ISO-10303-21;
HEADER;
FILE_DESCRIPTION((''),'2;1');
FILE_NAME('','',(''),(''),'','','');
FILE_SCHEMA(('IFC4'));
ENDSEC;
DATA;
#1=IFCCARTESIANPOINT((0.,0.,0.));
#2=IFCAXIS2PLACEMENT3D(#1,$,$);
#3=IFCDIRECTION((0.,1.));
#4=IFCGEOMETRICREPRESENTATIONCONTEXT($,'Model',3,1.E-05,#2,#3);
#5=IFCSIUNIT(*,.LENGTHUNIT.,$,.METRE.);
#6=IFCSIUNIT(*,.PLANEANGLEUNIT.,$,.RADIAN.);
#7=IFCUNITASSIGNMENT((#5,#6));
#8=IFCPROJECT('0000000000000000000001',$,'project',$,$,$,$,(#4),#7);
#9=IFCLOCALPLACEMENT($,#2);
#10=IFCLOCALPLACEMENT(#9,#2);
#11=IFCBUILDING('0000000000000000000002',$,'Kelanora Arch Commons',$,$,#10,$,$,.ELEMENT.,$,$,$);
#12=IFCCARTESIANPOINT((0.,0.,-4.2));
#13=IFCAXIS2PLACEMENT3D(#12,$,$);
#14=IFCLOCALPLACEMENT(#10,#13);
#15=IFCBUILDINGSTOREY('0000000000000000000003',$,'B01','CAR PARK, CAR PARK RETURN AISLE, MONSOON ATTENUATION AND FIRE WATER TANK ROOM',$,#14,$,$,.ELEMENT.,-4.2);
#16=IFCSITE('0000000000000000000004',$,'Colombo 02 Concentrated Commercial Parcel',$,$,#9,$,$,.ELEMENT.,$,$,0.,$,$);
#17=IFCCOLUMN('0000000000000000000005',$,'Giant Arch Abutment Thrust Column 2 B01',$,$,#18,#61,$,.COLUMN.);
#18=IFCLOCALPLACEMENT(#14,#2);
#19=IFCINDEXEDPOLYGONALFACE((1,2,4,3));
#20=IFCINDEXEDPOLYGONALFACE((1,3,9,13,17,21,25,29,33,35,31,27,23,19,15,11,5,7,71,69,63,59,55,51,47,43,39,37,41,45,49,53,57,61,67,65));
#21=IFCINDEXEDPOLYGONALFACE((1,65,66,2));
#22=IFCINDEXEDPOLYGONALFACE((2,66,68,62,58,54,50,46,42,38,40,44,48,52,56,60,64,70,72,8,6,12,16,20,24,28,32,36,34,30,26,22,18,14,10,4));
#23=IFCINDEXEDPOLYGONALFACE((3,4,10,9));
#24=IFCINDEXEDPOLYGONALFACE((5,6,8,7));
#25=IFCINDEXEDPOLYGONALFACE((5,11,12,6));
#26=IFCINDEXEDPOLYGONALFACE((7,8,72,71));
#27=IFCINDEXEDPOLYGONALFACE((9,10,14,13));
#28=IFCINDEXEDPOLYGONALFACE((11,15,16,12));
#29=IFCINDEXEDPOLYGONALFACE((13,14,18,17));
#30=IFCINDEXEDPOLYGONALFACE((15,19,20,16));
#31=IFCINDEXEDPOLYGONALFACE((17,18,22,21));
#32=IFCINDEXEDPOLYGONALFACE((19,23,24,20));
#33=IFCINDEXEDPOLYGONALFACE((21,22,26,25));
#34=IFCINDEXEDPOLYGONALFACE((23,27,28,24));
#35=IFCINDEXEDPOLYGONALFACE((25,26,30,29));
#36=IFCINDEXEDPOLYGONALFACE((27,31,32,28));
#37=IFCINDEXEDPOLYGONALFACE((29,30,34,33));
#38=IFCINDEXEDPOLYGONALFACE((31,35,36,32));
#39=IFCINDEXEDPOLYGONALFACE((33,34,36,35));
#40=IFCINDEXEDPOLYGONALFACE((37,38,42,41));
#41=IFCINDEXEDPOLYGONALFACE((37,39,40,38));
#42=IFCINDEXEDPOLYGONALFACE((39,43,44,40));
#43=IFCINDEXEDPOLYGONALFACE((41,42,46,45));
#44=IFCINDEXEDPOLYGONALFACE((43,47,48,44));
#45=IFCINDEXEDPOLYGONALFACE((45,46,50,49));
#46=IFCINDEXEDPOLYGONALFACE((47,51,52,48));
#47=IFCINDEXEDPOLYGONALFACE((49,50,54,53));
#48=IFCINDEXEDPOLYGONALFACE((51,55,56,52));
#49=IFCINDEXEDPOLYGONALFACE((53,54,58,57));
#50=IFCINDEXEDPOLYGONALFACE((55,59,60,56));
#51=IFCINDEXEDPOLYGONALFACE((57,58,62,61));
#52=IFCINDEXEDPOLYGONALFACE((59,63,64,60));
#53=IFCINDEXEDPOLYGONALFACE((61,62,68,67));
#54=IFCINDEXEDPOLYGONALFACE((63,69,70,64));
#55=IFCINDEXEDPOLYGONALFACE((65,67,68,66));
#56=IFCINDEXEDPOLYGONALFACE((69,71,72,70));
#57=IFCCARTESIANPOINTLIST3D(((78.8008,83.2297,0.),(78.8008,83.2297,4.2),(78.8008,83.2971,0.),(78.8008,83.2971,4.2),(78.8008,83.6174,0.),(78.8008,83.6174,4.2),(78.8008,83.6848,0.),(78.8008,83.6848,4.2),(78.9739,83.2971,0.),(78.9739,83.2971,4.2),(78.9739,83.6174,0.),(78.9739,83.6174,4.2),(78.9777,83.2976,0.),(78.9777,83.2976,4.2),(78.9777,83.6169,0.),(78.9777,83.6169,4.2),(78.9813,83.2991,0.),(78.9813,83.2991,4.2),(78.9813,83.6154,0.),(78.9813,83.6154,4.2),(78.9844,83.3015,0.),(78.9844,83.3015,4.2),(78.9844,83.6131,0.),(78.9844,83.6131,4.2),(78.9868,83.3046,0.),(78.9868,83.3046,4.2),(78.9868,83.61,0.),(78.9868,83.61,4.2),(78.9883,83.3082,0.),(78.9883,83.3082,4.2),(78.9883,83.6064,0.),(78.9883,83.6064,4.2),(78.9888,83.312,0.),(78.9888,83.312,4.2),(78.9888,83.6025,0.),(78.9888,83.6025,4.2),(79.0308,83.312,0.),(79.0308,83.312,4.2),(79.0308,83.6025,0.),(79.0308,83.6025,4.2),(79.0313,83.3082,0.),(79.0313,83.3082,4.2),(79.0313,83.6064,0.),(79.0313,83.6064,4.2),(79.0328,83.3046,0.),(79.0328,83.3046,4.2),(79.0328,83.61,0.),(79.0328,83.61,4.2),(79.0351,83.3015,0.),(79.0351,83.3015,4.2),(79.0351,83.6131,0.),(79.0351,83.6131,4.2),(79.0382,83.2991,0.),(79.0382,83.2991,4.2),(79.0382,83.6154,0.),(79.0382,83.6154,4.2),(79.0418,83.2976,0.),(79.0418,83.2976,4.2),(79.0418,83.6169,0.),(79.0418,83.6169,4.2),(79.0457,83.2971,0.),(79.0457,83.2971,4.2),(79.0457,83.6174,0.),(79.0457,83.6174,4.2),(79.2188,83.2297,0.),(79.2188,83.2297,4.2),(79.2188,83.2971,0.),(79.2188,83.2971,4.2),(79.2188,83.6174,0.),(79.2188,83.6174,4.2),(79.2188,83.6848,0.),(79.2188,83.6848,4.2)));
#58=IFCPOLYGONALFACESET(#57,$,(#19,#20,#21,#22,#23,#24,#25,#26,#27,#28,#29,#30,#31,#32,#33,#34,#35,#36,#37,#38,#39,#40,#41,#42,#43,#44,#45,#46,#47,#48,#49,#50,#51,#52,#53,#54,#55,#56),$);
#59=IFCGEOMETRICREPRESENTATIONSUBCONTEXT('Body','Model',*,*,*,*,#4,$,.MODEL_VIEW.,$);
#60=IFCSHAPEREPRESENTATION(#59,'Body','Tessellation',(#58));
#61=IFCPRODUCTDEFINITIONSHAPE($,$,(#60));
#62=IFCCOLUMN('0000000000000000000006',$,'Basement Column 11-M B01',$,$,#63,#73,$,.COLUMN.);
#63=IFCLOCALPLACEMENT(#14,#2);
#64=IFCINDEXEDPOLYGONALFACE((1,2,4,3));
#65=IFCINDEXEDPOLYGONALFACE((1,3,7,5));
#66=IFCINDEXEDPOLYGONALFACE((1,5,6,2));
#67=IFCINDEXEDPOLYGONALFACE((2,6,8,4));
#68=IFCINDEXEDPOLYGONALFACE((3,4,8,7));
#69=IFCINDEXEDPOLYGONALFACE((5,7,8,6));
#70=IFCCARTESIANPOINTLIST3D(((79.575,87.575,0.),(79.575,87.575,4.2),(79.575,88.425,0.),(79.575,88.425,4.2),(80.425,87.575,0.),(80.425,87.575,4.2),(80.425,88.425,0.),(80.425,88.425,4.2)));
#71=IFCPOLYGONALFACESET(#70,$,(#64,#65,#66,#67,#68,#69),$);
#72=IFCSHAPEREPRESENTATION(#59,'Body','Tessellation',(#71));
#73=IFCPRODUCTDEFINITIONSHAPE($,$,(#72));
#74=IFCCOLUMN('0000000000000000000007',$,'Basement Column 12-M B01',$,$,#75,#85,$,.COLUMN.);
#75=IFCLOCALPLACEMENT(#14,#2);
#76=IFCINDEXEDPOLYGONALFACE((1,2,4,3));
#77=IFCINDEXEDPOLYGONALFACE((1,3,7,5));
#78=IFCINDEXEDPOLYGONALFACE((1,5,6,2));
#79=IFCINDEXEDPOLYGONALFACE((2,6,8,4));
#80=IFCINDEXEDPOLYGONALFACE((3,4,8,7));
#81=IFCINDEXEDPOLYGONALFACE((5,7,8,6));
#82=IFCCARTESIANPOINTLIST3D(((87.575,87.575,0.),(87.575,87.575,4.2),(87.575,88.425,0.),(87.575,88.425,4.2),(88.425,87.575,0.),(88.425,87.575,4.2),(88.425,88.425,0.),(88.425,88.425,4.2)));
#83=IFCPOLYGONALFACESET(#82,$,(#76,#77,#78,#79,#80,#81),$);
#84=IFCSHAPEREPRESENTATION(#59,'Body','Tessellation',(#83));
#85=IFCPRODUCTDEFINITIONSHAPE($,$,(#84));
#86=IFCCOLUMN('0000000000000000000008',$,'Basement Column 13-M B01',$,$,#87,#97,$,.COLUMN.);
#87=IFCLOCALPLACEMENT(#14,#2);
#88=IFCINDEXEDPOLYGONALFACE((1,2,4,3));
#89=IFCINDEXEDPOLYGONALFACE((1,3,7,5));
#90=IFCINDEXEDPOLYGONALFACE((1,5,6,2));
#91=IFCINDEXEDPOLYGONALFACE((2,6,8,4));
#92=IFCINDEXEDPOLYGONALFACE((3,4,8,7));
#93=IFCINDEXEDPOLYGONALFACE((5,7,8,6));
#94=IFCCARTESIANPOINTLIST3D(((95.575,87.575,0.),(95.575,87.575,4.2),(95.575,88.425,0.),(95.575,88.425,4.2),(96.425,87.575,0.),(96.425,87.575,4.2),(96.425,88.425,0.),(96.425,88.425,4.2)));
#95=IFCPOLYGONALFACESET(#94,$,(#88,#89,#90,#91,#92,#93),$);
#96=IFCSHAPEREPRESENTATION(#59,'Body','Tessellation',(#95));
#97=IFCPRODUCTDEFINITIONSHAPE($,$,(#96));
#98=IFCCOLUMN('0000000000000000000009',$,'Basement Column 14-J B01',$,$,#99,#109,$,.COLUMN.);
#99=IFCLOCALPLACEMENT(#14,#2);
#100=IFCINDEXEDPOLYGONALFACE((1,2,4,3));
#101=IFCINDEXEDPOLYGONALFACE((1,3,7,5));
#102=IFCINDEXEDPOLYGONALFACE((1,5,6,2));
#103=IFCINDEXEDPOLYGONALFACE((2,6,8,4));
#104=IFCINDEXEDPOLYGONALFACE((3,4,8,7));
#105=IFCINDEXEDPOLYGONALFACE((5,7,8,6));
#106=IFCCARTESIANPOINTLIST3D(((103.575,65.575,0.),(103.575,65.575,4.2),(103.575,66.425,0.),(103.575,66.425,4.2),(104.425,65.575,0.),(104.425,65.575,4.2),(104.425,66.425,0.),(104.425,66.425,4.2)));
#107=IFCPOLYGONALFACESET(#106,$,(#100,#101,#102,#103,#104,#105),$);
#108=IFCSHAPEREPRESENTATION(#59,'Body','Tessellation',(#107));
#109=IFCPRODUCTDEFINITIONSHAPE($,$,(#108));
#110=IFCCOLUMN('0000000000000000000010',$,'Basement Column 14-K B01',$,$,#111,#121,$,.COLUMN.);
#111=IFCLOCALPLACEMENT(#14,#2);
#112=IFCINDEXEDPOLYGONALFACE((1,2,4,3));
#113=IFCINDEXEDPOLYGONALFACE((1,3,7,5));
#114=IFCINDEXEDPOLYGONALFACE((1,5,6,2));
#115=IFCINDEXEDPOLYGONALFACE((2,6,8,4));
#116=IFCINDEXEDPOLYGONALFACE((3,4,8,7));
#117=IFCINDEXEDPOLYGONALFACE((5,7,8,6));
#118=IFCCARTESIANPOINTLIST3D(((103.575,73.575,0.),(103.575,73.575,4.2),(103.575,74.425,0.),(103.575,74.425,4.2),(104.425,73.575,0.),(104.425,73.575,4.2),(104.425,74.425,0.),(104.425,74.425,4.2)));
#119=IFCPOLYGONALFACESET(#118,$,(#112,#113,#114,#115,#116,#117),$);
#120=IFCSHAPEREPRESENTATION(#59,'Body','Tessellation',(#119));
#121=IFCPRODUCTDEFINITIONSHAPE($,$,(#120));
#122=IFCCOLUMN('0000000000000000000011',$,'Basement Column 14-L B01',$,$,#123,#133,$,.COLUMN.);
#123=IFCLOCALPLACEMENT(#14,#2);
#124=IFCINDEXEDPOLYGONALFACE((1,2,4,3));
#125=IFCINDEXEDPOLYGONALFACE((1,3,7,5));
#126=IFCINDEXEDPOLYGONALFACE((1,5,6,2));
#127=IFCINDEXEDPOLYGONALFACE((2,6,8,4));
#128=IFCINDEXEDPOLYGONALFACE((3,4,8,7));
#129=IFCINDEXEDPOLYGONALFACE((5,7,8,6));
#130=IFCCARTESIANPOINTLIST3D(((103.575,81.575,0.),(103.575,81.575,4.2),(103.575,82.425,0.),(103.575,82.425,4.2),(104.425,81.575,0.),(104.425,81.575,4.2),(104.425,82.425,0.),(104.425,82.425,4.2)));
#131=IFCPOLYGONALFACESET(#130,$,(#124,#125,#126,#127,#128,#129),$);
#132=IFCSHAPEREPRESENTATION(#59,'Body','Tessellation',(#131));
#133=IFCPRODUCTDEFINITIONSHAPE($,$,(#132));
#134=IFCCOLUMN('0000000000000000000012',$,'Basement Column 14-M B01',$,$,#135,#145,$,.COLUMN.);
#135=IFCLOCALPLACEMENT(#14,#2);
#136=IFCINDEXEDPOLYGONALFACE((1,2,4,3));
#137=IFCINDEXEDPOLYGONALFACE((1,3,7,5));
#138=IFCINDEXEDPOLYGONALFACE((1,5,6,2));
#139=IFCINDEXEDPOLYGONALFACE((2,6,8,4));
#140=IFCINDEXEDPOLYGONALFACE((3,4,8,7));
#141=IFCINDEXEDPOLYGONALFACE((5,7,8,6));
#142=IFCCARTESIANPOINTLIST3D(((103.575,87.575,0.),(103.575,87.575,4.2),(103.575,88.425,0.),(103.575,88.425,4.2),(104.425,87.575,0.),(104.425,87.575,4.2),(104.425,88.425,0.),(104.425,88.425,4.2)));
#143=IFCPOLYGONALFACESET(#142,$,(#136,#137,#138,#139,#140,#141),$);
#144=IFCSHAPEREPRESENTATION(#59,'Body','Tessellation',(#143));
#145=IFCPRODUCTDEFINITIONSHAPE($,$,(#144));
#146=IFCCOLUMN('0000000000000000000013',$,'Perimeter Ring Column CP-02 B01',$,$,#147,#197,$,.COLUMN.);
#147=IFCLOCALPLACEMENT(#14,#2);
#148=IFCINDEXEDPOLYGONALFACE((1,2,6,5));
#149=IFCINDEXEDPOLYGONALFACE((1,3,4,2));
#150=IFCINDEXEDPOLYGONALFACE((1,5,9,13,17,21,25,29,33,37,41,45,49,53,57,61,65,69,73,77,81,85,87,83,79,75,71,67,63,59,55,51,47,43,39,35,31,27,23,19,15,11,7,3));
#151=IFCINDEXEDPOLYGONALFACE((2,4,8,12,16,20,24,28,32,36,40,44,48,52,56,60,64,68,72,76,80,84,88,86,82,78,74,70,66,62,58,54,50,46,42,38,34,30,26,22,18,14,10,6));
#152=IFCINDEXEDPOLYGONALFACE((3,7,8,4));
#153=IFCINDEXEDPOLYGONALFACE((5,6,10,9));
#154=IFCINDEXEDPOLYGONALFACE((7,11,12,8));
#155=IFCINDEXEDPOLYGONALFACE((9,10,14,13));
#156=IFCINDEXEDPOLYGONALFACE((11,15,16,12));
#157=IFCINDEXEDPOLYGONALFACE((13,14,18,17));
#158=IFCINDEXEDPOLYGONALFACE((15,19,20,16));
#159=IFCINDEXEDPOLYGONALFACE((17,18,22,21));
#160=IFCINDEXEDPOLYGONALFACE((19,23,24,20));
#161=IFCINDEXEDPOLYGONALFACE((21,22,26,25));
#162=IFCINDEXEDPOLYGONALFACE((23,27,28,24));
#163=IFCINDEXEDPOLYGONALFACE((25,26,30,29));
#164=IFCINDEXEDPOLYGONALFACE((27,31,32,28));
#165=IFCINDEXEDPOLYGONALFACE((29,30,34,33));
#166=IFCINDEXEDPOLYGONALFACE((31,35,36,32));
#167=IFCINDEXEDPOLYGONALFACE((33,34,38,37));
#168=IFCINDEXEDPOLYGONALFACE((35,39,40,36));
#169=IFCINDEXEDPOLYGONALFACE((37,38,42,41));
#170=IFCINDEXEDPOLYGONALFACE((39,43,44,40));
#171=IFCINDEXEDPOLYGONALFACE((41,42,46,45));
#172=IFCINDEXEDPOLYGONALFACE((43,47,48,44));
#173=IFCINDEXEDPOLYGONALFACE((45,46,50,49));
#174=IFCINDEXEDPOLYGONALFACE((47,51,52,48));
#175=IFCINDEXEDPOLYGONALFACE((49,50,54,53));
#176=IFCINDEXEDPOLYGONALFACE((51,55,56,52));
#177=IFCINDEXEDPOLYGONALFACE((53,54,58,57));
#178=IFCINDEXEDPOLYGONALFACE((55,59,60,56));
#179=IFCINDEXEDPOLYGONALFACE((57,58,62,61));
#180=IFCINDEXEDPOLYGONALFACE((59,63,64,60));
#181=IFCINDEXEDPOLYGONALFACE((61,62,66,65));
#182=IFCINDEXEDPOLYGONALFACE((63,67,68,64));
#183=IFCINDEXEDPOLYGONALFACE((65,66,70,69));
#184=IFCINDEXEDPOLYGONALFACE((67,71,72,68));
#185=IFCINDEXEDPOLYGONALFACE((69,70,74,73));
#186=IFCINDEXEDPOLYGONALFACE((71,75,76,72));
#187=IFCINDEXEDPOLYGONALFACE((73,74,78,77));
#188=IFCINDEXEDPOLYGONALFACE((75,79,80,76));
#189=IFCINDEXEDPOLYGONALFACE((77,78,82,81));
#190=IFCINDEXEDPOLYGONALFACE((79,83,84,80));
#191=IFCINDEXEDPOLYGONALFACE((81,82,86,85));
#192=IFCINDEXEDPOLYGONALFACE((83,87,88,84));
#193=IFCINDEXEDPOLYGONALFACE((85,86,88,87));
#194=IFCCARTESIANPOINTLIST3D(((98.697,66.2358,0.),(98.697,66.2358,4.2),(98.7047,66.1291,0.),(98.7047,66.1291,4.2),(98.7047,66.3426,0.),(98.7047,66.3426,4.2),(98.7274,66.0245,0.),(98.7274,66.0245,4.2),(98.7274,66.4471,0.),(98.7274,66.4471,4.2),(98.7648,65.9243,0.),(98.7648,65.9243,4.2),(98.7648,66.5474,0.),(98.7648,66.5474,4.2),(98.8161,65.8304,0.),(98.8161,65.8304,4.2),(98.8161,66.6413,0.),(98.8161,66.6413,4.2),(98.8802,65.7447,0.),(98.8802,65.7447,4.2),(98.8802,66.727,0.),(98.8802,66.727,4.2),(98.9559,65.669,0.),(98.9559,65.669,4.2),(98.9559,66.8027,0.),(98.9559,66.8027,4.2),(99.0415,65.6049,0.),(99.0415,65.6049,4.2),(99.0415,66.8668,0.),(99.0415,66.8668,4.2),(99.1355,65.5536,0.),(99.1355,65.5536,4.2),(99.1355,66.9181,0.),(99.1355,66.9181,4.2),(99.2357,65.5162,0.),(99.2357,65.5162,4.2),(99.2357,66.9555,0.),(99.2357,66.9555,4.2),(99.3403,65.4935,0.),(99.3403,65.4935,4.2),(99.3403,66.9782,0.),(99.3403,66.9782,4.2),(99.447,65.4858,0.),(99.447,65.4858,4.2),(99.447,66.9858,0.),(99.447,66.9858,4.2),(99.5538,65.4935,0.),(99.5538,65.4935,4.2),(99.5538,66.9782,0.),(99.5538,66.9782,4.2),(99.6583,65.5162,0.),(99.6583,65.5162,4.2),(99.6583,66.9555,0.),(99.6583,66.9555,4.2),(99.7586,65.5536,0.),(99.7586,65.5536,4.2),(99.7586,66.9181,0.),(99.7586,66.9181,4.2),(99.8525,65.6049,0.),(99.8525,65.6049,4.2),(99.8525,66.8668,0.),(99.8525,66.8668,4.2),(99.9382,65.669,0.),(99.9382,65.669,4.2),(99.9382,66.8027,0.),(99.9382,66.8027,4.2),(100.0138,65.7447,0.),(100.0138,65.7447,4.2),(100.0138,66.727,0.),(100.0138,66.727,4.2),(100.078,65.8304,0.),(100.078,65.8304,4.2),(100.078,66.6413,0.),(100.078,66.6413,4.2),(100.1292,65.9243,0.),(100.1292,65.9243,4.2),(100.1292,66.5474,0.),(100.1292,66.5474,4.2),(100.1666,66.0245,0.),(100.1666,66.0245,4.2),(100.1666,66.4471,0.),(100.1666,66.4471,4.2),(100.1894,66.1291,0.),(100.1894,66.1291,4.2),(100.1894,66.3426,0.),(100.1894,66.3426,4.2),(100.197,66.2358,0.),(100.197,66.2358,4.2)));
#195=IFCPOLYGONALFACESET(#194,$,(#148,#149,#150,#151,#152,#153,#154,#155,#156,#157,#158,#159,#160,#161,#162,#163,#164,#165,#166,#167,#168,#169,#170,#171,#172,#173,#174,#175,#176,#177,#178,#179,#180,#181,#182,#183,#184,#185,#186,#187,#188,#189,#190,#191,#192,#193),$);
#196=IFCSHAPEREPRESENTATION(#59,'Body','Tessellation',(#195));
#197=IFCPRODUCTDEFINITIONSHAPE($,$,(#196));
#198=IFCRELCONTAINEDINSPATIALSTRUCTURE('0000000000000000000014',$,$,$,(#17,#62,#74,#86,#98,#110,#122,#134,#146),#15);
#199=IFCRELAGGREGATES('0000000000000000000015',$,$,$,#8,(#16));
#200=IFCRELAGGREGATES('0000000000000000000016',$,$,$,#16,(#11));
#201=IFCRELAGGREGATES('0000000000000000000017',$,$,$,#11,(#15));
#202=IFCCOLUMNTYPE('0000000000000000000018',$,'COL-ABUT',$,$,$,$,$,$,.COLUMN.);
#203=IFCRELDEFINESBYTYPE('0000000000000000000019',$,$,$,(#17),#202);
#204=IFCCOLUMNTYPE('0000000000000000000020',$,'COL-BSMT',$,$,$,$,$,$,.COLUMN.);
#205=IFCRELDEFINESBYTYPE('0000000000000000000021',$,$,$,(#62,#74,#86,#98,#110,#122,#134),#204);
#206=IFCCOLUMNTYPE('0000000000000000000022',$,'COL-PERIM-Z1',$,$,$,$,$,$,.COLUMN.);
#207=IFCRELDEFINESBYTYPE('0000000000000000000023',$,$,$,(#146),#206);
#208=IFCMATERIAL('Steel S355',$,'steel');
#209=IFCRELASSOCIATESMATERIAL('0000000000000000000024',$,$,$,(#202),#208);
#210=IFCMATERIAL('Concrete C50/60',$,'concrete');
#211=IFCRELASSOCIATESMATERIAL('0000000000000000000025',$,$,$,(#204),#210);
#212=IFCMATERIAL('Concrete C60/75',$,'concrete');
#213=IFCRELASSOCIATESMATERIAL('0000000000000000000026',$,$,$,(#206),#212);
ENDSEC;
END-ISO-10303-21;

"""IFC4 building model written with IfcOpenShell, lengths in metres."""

from ifc_helpers import new_model, si_unit, direction, frame, origin, origin_2d, place, context, subcontext, project, spatial, rectangle, circle, i_section, extrude, material, material_profile, profile_set, type_object, element, save


model = new_model("IFC4")

# Units and contexts
model_context = context("Model", 3, precision=1e-05, world=origin(), true_north=direction((0.0, 1.0)))
body_context = subcontext(model_context, "Body", "Model", "MODEL_VIEW")
ifc_project = project(units=[si_unit("LENGTHUNIT", "METRE"), si_unit("PLANEANGLEUNIT", "RADIAN")], contexts=[model_context])

# Site, building, storey
site_placement = place(None, origin())
site = spatial("IfcSite", under=ifc_project, at=site_placement, Name="Colombo 02 Concentrated Commercial Parcel", CompositionType="ELEMENT", RefElevation=0.0)
building_placement = place(site_placement, origin())
building = spatial("IfcBuilding", under=site, at=building_placement, Name="Kelanora Arch Commons", CompositionType="ELEMENT")
storey_placement = place(building_placement, frame((0.0, 0.0, -4.2)))
storey = spatial("IfcBuildingStorey", under=building, at=storey_placement, Name="B01", Description="CAR PARK, CAR PARK RETURN AISLE, MONSOON ATTENUATION AND FIRE WATER TANK ROOM", CompositionType="ELEMENT", Elevation=-4.2)

# Columns
ifc_material_1 = material(Name="Steel S355", Category="steel")
ifc_material_profile_1 = material_profile(ifc_material_1, i_section(OverallWidth=0.418, OverallDepth=0.4551, WebThickness=0.042, FlangeThickness=0.0674, FilletRadius=0.0149, at=origin_2d()), Name="HD400x551")
ifc_profile_set_1 = profile_set([ifc_material_profile_1], Name="Steel S355")
column_type_1 = type_object("IfcColumnType", Name="COL-ABUT", PredefinedType="COLUMN", material=ifc_profile_set_1)
column_placement = place(storey_placement, frame((79.0098, 83.4573, 0.0), z_axis=(0.0, 0.0, 1.0), x_axis=(1.0, 0.0, 0.0)))
element("IfcColumn", 1, at=column_placement, inside=storey, type_object=column_type_1, Name="Giant Arch Abutment Thrust Column 2 B01", PredefinedType="COLUMN", context=body_context, shape_type="SweptSolid", body=[
    extrude(i_section(OverallWidth=0.418, OverallDepth=0.4551, WebThickness=0.042, FlangeThickness=0.0674, FilletRadius=0.0149, at=origin_2d()), origin(), (0.0, 0.0, 1.0), 4.2),
])
ifc_material_2 = material(Name="Concrete C50/60", Category="concrete")
ifc_material_profile_2 = material_profile(ifc_material_2, rectangle(XDim=0.8501, YDim=0.8501, at=origin_2d()), Name="RC850x850")
ifc_profile_set_2 = profile_set([ifc_material_profile_2], Name="Concrete C50/60")
column_type_2 = type_object("IfcColumnType", Name="COL-BSMT", PredefinedType="COLUMN", material=ifc_profile_set_2)
for number, where, z_axis, x_axis, name in (
    (2, (80.0, 88.0, 0.0), (0.0, 0.0, 1.0), (1.0, 0.0, 0.0), "Basement Column 11-M B01"),
    (3, (88.0, 88.0, 0.0), (0.0, 0.0, 1.0), (1.0, 0.0, 0.0), "Basement Column 12-M B01"),
    (4, (96.0, 88.0, 0.0), (0.0, 0.0, 1.0), (1.0, 0.0, 0.0), "Basement Column 13-M B01"),
    (5, (104.0, 66.0, 0.0), (0.0, 0.0, 1.0), (1.0, 0.0, 0.0), "Basement Column 14-J B01"),
    (6, (104.0, 74.0, 0.0), (0.0, 0.0, 1.0), (1.0, 0.0, 0.0), "Basement Column 14-K B01"),
    (7, (104.0, 82.0, 0.0), (0.0, 0.0, 1.0), (1.0, 0.0, 0.0), "Basement Column 14-L B01"),
    (8, (104.0, 88.0, 0.0), (0.0, 0.0, 1.0), (1.0, 0.0, 0.0), "Basement Column 14-M B01"),
):
    element("IfcColumn", number, at=place(storey_placement, frame(where, z_axis=z_axis, x_axis=x_axis)), inside=storey, type_object=column_type_2, Name=name, PredefinedType="COLUMN", context=body_context, shape_type="SweptSolid", body=[
        extrude(rectangle(XDim=0.8501, YDim=0.8501, at=origin_2d()), origin(), (0.0, 0.0, 1.0), 4.2),
    ])
ifc_material_3 = material(Name="Concrete C60/75", Category="concrete")
ifc_material_profile_3 = material_profile(ifc_material_3, circle(Radius=0.75, at=origin_2d()), Name="RCC1500")
ifc_profile_set_3 = profile_set([ifc_material_profile_3], Name="Concrete C60/75")
column_type_3 = type_object("IfcColumnType", Name="COL-PERIM-Z1", PredefinedType="COLUMN", material=ifc_profile_set_3)
for number, where, z_axis, x_axis, name in (
    (9, (99.447, 66.2358, 0.0), (0.0, 0.0, 1.0), (1.0, 0.0, 0.0), "Perimeter Ring Column CP-02 B01"),
):
    element("IfcColumn", number, at=place(storey_placement, frame(where, z_axis=z_axis, x_axis=x_axis)), inside=storey, type_object=column_type_3, Name=name, PredefinedType="COLUMN", context=body_context, shape_type="SweptSolid", body=[
        extrude(circle(Radius=0.75, at=origin_2d()), origin(), (0.0, 0.0, 1.0), 4.2),
    ])

save(model, "model.ifc")
